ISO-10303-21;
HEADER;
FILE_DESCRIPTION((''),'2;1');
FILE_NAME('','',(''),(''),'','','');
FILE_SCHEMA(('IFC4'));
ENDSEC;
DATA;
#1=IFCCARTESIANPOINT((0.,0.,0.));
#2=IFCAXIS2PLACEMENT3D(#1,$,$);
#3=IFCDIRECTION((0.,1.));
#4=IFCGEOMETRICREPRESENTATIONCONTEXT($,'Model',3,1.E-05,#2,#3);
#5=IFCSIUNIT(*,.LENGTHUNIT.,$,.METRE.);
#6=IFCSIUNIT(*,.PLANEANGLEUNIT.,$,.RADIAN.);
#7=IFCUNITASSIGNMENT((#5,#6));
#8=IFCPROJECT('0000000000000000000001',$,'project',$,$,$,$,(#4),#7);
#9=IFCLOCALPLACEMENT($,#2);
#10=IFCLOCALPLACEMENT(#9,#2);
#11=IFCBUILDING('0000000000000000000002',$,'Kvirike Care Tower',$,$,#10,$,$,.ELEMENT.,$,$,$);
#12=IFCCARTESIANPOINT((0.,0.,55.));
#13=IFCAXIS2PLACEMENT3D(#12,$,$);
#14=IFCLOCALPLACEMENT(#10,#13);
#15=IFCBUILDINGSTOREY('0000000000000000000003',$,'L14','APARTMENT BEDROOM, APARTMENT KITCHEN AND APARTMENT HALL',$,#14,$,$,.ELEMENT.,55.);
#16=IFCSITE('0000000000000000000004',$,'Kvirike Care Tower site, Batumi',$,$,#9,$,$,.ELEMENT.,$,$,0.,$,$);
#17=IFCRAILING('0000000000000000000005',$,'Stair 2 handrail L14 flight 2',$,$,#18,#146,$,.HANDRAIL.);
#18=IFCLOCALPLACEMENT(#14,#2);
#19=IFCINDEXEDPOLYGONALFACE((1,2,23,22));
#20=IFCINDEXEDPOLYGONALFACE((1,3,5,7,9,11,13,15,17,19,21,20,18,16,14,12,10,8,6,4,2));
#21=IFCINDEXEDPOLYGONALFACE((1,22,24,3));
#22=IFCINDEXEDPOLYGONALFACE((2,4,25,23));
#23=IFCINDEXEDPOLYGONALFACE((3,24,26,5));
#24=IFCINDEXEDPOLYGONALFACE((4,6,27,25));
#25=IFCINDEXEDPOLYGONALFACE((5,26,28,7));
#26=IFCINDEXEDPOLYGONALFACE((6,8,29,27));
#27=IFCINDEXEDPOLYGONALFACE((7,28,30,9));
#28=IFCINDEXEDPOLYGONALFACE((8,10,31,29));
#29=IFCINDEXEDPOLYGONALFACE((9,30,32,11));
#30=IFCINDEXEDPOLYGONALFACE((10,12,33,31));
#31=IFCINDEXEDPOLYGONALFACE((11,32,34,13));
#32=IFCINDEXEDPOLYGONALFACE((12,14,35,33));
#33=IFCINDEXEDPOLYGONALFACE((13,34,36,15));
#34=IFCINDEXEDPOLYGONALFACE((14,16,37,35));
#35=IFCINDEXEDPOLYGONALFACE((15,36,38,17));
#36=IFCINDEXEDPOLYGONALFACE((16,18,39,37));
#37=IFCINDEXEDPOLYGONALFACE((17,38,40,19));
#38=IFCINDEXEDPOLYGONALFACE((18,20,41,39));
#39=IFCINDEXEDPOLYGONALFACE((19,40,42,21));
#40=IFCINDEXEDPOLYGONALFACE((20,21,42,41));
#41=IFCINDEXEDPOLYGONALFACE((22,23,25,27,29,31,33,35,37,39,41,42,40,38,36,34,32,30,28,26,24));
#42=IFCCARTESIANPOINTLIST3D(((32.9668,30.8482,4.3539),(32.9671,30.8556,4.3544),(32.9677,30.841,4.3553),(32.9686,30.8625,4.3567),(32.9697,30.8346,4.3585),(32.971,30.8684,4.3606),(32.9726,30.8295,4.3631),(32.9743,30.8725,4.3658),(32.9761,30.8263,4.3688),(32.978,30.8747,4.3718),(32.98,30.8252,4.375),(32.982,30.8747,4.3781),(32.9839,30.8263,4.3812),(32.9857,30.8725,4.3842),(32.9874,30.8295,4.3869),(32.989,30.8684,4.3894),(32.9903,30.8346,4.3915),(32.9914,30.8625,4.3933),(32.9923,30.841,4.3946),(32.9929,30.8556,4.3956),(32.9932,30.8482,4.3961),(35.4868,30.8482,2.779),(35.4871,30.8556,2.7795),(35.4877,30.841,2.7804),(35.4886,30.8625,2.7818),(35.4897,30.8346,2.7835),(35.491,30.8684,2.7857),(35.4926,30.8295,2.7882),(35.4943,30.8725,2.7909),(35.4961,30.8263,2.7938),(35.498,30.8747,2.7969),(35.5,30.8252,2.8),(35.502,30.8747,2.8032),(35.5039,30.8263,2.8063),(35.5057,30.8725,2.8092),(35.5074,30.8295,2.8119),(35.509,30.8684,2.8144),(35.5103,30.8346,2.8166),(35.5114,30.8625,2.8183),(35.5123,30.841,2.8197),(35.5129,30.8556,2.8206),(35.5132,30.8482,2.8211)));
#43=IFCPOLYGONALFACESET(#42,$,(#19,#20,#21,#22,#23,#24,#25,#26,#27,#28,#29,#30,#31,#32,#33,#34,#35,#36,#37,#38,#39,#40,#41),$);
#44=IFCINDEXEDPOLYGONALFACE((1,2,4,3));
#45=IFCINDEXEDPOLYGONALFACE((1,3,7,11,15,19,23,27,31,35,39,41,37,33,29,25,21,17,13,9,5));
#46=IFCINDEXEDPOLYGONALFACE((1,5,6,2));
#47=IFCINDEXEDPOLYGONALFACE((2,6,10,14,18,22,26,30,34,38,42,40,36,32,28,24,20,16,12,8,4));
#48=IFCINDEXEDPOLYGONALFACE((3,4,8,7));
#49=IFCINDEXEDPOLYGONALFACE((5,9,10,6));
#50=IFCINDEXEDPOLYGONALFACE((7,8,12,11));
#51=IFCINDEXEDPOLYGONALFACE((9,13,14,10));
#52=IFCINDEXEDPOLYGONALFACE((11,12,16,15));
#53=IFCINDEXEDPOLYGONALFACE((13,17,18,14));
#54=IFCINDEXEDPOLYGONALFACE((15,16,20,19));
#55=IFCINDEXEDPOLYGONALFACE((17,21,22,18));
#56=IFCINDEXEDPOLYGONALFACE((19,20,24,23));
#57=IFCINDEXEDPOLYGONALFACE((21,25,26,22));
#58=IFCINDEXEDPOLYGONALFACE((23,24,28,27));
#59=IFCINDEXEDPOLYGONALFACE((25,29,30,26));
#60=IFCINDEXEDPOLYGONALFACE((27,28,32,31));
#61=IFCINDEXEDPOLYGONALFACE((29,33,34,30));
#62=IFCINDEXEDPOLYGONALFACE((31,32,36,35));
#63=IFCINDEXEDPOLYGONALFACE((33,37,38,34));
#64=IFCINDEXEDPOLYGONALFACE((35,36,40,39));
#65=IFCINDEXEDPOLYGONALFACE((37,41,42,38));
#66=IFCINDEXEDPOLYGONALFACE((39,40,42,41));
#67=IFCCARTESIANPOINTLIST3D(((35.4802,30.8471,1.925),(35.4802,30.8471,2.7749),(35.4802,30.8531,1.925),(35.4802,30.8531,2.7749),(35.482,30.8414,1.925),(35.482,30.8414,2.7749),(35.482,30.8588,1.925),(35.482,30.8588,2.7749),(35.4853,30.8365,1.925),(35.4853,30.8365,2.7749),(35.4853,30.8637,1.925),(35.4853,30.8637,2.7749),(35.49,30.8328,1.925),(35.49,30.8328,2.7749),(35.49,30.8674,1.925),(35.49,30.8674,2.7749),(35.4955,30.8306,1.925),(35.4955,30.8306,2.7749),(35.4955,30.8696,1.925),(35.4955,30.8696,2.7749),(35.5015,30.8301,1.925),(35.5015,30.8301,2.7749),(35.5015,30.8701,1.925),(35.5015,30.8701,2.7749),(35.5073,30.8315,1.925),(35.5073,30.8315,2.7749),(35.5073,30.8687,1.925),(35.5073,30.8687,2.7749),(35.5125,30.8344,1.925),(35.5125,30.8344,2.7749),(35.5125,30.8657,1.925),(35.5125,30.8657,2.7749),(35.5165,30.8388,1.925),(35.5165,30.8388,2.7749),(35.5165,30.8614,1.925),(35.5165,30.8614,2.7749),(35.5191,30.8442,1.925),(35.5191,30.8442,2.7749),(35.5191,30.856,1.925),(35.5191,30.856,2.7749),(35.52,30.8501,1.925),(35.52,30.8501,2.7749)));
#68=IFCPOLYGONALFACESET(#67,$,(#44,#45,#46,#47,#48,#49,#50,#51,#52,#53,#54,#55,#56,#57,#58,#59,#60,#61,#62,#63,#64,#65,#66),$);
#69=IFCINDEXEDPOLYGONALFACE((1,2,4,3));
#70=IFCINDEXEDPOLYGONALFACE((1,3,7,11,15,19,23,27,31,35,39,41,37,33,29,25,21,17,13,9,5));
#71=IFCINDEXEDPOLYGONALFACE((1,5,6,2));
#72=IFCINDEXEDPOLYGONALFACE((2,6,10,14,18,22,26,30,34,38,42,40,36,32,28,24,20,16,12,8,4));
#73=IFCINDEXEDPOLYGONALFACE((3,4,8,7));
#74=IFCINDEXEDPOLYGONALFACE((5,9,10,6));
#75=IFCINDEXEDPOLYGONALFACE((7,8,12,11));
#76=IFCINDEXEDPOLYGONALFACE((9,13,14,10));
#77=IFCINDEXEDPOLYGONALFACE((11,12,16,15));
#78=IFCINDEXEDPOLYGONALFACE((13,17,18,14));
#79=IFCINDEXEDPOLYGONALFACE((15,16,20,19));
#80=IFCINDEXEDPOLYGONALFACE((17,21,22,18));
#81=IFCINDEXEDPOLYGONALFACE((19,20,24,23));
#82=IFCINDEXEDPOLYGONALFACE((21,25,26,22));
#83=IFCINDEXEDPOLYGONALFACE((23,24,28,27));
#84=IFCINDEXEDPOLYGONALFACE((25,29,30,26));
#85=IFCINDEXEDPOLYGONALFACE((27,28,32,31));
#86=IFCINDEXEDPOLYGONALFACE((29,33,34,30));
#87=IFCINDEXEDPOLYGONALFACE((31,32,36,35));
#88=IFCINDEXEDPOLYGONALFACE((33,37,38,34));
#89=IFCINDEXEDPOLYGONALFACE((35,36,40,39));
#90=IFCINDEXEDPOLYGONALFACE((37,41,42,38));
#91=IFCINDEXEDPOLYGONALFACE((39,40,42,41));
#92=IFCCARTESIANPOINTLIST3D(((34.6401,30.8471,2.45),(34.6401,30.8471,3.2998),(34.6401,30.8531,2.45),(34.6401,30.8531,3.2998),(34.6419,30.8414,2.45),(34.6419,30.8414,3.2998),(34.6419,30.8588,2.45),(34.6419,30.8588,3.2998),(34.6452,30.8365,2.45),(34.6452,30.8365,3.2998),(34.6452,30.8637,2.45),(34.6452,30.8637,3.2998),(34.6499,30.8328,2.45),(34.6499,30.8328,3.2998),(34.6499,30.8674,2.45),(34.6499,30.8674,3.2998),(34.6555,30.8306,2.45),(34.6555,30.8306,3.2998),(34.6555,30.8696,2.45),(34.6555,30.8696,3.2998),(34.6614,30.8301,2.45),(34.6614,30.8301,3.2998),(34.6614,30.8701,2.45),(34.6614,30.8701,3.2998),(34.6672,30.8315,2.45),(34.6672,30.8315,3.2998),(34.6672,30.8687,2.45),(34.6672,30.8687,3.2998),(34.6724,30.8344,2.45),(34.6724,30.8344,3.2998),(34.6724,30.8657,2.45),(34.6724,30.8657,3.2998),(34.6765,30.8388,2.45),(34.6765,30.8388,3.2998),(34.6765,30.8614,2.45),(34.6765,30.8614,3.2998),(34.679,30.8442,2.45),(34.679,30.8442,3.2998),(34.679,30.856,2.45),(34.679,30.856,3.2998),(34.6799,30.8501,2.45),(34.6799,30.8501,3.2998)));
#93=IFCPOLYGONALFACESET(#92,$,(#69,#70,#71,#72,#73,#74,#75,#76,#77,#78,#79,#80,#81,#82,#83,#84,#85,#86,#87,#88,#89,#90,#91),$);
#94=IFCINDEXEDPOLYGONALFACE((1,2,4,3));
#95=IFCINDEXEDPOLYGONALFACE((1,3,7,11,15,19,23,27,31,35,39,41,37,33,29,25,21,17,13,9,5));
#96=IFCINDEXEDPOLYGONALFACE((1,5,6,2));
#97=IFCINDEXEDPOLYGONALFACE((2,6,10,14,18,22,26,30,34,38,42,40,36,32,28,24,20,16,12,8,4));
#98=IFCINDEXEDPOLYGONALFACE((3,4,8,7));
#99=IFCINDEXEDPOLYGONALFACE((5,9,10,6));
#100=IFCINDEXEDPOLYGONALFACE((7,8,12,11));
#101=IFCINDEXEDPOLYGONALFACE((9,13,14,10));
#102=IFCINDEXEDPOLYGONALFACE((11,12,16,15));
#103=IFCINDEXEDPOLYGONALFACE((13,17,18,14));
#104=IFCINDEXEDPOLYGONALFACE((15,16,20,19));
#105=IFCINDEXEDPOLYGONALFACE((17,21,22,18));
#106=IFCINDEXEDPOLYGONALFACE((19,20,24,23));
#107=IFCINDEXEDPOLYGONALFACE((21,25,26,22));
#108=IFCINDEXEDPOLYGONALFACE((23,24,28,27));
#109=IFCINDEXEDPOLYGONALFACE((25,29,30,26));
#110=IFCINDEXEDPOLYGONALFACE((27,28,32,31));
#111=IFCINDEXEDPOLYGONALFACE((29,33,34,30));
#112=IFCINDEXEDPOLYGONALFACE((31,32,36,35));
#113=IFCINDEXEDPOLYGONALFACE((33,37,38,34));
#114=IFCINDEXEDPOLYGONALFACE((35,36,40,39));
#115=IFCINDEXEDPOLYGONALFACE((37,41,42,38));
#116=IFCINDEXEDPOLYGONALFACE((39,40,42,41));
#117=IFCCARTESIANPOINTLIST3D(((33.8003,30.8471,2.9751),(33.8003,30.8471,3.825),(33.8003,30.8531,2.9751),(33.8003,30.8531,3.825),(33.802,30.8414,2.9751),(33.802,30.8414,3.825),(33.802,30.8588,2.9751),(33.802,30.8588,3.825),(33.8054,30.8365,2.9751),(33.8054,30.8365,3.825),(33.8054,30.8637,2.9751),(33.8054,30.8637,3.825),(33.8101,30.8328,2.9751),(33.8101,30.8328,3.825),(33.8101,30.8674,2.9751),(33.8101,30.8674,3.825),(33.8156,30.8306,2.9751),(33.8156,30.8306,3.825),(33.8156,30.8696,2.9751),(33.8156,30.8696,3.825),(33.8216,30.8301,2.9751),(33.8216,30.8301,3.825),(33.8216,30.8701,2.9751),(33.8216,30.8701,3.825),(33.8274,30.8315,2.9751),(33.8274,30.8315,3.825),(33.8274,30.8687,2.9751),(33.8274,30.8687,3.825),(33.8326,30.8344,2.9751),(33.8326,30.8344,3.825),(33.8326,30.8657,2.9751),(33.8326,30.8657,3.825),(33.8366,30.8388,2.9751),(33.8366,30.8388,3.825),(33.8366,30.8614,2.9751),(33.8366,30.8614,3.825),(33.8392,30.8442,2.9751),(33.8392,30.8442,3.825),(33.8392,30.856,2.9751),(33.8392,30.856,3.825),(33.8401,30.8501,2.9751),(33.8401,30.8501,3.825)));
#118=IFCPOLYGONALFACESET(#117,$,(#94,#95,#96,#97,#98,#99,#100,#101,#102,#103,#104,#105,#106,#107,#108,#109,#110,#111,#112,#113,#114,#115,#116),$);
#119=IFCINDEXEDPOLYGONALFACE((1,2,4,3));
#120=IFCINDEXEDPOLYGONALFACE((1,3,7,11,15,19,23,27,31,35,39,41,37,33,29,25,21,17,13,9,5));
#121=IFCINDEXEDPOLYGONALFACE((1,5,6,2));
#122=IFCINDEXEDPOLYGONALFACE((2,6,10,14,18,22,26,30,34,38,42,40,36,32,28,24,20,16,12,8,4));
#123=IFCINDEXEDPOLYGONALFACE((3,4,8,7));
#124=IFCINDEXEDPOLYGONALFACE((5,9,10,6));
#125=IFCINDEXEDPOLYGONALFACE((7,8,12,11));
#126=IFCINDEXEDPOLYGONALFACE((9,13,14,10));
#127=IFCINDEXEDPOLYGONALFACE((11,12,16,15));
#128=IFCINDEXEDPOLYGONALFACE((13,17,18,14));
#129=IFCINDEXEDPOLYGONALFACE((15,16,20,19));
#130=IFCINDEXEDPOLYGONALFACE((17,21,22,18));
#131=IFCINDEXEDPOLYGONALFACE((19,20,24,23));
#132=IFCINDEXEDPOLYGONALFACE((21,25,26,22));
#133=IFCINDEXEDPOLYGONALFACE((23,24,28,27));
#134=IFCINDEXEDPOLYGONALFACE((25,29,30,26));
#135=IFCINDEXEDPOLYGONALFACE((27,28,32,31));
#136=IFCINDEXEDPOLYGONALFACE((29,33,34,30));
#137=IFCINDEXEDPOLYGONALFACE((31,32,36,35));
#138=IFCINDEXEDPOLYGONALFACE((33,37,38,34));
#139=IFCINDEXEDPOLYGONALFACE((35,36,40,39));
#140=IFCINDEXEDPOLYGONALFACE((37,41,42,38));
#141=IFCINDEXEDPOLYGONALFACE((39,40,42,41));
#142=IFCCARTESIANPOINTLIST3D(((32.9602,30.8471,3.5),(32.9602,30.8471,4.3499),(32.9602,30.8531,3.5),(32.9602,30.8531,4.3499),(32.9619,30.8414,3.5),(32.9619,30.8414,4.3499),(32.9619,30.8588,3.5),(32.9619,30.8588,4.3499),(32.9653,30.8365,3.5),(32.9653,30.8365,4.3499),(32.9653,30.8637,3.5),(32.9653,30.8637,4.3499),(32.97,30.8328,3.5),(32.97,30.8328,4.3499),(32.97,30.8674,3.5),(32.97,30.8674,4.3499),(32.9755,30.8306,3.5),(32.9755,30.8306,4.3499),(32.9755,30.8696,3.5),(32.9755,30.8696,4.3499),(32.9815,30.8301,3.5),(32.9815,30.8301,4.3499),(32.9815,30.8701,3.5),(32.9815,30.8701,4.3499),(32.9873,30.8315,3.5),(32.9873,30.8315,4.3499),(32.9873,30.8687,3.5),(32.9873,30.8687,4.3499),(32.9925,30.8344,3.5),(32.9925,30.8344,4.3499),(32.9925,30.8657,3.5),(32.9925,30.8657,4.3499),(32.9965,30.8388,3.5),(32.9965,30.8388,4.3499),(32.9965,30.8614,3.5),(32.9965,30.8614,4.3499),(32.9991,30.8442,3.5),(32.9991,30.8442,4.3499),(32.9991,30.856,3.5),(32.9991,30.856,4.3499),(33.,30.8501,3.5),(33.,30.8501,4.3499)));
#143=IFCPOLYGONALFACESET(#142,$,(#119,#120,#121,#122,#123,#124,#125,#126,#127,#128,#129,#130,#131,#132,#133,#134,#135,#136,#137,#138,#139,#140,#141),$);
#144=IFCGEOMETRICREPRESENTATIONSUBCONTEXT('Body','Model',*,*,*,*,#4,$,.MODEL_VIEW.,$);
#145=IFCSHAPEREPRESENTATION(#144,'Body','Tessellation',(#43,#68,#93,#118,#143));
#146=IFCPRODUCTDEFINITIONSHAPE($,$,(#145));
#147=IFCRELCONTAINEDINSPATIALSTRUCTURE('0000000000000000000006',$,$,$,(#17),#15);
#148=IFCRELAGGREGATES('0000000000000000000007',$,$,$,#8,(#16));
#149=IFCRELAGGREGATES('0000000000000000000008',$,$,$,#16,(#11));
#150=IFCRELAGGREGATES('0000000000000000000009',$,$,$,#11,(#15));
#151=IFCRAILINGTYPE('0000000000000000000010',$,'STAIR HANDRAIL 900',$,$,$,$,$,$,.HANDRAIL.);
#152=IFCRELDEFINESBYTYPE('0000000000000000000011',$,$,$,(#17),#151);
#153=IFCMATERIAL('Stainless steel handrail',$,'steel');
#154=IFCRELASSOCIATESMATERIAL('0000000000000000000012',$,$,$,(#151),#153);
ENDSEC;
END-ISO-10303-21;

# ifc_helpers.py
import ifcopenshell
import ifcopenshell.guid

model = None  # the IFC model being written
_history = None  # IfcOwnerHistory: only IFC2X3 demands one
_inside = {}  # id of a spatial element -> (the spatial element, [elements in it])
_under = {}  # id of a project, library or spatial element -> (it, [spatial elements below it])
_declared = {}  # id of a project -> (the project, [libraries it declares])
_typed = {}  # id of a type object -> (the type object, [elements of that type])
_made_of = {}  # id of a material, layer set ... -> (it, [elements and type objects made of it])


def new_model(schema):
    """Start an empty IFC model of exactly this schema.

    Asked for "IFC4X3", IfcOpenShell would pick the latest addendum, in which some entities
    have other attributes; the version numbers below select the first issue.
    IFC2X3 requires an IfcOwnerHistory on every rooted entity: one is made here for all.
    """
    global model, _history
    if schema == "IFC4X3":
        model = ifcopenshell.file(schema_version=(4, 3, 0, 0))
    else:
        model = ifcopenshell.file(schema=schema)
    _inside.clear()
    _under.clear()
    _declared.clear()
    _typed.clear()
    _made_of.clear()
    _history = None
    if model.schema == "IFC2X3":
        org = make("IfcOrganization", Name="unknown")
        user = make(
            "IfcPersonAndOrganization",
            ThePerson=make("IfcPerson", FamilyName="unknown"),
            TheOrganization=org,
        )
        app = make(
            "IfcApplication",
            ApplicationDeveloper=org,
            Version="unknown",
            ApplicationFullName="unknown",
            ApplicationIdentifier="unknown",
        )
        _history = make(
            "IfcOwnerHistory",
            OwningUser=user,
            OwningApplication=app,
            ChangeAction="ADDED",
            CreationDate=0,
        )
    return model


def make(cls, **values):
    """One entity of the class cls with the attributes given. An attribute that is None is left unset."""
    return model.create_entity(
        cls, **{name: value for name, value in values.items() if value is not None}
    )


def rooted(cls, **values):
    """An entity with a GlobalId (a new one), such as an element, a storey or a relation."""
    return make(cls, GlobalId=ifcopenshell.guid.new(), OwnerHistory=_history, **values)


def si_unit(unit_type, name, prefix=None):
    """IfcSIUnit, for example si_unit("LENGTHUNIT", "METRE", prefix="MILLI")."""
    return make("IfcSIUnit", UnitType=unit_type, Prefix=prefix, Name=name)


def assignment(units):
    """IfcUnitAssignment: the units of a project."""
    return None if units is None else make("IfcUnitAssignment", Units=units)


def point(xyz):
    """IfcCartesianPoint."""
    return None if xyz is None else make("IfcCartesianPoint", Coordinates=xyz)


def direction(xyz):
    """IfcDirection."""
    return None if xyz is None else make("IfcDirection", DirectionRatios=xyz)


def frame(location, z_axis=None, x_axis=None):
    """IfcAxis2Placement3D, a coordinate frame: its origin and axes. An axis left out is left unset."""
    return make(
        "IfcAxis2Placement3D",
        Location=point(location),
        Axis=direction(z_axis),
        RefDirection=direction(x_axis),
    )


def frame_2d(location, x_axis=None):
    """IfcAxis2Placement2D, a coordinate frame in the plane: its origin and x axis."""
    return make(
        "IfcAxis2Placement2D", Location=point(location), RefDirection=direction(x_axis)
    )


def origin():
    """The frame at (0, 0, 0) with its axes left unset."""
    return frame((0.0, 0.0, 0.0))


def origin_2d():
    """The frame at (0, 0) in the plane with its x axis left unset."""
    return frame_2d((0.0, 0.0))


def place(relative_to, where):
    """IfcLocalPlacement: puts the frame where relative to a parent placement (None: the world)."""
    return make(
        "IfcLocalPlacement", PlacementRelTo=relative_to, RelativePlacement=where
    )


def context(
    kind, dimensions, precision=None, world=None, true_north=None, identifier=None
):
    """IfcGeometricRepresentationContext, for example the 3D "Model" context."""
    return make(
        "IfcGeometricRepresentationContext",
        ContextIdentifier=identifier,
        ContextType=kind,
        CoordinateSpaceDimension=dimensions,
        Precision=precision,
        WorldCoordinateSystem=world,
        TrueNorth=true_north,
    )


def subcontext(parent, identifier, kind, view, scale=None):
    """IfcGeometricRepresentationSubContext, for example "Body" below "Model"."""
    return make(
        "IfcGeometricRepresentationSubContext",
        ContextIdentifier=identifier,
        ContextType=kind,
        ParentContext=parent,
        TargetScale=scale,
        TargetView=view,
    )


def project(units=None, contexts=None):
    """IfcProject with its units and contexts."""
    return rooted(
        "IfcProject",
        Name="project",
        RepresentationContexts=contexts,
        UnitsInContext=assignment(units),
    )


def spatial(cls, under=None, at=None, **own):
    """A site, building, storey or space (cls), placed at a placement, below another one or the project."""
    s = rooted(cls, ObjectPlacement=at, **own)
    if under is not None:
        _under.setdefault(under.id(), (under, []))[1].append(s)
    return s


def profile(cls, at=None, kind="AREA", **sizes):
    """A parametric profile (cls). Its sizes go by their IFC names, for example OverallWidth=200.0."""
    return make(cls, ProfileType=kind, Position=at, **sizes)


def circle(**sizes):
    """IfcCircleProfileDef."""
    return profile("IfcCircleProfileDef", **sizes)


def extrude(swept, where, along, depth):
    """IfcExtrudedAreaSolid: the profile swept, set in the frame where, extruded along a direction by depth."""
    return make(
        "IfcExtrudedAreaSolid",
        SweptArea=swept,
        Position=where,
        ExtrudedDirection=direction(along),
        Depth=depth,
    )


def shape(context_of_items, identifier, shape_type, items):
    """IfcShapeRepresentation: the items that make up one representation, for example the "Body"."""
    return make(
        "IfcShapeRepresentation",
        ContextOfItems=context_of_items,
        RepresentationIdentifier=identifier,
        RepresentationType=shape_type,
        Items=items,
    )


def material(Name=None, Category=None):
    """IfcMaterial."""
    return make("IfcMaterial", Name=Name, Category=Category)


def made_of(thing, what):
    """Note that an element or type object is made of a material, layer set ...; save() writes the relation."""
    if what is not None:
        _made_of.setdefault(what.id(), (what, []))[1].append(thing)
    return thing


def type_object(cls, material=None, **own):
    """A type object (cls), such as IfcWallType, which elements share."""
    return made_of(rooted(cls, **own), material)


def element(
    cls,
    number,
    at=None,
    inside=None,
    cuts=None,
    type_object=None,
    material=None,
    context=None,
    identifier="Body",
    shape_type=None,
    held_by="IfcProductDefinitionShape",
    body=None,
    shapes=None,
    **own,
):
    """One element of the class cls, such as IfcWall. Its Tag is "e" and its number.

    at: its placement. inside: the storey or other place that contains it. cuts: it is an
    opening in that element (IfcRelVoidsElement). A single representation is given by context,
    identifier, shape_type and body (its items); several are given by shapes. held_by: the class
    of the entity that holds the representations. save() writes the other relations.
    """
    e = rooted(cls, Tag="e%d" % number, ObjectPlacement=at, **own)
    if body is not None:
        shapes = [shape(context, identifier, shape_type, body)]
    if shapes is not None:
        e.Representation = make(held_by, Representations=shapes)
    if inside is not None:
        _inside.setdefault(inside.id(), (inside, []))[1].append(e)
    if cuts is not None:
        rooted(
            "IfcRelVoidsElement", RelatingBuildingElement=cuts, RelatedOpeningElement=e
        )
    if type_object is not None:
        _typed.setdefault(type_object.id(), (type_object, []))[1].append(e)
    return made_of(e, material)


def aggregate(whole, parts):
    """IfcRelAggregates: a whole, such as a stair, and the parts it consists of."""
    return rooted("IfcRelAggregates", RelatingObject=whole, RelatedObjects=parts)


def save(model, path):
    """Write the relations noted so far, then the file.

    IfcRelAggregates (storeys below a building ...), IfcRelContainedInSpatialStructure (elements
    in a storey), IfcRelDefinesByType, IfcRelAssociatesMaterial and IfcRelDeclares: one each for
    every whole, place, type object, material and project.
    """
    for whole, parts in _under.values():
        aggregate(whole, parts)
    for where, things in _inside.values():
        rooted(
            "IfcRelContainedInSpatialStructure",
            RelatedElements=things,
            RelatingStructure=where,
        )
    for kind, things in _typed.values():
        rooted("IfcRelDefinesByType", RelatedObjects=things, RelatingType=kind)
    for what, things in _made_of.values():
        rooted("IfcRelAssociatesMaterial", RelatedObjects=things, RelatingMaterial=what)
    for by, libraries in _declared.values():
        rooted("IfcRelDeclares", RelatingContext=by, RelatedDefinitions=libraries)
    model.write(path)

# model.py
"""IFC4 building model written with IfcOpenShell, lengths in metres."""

from ifc_helpers import new_model, si_unit, direction, frame, origin, origin_2d, place, context, subcontext, project, spatial, circle, extrude, material, type_object, element, save


model = new_model("IFC4")

# Units and contexts
model_context = context("Model", 3, precision=1e-05, world=origin(), true_north=direction((0.0, 1.0)))
body_context = subcontext(model_context, "Body", "Model", "MODEL_VIEW")
ifc_project = project(units=[si_unit("LENGTHUNIT", "METRE"), si_unit("PLANEANGLEUNIT", "RADIAN")], contexts=[model_context])

# Site, building, storey
site_placement = place(None, origin())
site = spatial("IfcSite", under=ifc_project, at=site_placement, Name="Kvirike Care Tower site, Batumi", CompositionType="ELEMENT", RefElevation=0.0)
building_placement = place(site_placement, origin())
building = spatial("IfcBuilding", under=site, at=building_placement, Name="Kvirike Care Tower", CompositionType="ELEMENT")
storey_placement = place(building_placement, frame((0.0, 0.0, 55.0)))
storey = spatial("IfcBuildingStorey", under=building, at=storey_placement, Name="L14", Description="APARTMENT BEDROOM, APARTMENT KITCHEN AND APARTMENT HALL", CompositionType="ELEMENT", Elevation=55.0)

# Railing
ifc_material_1 = material(Name="Stainless steel handrail", Category="steel")
railing_type = type_object("IfcRailingType", Name="STAIR HANDRAIL 900", PredefinedType="HANDRAIL", material=ifc_material_1)
railing_placement = place(storey_placement, frame((35.5, 30.8501, 1.925)))
element("IfcRailing", 1, at=railing_placement, inside=storey, type_object=railing_type, Name="Stair 2 handrail L14 flight 2", PredefinedType="HANDRAIL", context=body_context, shape_type="SweptSolid", body=[
    extrude(circle(Radius=0.0249, at=origin_2d()), frame((0.0, 0.0, 0.875), z_axis=(-0.848008, 0.0, 0.529984), x_axis=(0.0, -1.0, 0.0)), (0.0, 0.0, 1.0), 2.9717),
    extrude(circle(Radius=0.02, at=origin_2d()), origin(), (0.0, 0.0, 1.0), 0.8499),
    extrude(circle(Radius=0.02, at=origin_2d()), frame((-0.8401, 0.0, 0.5249)), (0.0, 0.0, 1.0), 0.8499),
    extrude(circle(Radius=0.02, at=origin_2d()), frame((-1.6799, 0.0, 1.05)), (0.0, 0.0, 1.0), 0.8499),
    extrude(circle(Radius=0.02, at=origin_2d()), frame((-2.52, 0.0, 1.575)), (0.0, 0.0, 1.0), 0.8499),
])

save(model, "model.ifc")
